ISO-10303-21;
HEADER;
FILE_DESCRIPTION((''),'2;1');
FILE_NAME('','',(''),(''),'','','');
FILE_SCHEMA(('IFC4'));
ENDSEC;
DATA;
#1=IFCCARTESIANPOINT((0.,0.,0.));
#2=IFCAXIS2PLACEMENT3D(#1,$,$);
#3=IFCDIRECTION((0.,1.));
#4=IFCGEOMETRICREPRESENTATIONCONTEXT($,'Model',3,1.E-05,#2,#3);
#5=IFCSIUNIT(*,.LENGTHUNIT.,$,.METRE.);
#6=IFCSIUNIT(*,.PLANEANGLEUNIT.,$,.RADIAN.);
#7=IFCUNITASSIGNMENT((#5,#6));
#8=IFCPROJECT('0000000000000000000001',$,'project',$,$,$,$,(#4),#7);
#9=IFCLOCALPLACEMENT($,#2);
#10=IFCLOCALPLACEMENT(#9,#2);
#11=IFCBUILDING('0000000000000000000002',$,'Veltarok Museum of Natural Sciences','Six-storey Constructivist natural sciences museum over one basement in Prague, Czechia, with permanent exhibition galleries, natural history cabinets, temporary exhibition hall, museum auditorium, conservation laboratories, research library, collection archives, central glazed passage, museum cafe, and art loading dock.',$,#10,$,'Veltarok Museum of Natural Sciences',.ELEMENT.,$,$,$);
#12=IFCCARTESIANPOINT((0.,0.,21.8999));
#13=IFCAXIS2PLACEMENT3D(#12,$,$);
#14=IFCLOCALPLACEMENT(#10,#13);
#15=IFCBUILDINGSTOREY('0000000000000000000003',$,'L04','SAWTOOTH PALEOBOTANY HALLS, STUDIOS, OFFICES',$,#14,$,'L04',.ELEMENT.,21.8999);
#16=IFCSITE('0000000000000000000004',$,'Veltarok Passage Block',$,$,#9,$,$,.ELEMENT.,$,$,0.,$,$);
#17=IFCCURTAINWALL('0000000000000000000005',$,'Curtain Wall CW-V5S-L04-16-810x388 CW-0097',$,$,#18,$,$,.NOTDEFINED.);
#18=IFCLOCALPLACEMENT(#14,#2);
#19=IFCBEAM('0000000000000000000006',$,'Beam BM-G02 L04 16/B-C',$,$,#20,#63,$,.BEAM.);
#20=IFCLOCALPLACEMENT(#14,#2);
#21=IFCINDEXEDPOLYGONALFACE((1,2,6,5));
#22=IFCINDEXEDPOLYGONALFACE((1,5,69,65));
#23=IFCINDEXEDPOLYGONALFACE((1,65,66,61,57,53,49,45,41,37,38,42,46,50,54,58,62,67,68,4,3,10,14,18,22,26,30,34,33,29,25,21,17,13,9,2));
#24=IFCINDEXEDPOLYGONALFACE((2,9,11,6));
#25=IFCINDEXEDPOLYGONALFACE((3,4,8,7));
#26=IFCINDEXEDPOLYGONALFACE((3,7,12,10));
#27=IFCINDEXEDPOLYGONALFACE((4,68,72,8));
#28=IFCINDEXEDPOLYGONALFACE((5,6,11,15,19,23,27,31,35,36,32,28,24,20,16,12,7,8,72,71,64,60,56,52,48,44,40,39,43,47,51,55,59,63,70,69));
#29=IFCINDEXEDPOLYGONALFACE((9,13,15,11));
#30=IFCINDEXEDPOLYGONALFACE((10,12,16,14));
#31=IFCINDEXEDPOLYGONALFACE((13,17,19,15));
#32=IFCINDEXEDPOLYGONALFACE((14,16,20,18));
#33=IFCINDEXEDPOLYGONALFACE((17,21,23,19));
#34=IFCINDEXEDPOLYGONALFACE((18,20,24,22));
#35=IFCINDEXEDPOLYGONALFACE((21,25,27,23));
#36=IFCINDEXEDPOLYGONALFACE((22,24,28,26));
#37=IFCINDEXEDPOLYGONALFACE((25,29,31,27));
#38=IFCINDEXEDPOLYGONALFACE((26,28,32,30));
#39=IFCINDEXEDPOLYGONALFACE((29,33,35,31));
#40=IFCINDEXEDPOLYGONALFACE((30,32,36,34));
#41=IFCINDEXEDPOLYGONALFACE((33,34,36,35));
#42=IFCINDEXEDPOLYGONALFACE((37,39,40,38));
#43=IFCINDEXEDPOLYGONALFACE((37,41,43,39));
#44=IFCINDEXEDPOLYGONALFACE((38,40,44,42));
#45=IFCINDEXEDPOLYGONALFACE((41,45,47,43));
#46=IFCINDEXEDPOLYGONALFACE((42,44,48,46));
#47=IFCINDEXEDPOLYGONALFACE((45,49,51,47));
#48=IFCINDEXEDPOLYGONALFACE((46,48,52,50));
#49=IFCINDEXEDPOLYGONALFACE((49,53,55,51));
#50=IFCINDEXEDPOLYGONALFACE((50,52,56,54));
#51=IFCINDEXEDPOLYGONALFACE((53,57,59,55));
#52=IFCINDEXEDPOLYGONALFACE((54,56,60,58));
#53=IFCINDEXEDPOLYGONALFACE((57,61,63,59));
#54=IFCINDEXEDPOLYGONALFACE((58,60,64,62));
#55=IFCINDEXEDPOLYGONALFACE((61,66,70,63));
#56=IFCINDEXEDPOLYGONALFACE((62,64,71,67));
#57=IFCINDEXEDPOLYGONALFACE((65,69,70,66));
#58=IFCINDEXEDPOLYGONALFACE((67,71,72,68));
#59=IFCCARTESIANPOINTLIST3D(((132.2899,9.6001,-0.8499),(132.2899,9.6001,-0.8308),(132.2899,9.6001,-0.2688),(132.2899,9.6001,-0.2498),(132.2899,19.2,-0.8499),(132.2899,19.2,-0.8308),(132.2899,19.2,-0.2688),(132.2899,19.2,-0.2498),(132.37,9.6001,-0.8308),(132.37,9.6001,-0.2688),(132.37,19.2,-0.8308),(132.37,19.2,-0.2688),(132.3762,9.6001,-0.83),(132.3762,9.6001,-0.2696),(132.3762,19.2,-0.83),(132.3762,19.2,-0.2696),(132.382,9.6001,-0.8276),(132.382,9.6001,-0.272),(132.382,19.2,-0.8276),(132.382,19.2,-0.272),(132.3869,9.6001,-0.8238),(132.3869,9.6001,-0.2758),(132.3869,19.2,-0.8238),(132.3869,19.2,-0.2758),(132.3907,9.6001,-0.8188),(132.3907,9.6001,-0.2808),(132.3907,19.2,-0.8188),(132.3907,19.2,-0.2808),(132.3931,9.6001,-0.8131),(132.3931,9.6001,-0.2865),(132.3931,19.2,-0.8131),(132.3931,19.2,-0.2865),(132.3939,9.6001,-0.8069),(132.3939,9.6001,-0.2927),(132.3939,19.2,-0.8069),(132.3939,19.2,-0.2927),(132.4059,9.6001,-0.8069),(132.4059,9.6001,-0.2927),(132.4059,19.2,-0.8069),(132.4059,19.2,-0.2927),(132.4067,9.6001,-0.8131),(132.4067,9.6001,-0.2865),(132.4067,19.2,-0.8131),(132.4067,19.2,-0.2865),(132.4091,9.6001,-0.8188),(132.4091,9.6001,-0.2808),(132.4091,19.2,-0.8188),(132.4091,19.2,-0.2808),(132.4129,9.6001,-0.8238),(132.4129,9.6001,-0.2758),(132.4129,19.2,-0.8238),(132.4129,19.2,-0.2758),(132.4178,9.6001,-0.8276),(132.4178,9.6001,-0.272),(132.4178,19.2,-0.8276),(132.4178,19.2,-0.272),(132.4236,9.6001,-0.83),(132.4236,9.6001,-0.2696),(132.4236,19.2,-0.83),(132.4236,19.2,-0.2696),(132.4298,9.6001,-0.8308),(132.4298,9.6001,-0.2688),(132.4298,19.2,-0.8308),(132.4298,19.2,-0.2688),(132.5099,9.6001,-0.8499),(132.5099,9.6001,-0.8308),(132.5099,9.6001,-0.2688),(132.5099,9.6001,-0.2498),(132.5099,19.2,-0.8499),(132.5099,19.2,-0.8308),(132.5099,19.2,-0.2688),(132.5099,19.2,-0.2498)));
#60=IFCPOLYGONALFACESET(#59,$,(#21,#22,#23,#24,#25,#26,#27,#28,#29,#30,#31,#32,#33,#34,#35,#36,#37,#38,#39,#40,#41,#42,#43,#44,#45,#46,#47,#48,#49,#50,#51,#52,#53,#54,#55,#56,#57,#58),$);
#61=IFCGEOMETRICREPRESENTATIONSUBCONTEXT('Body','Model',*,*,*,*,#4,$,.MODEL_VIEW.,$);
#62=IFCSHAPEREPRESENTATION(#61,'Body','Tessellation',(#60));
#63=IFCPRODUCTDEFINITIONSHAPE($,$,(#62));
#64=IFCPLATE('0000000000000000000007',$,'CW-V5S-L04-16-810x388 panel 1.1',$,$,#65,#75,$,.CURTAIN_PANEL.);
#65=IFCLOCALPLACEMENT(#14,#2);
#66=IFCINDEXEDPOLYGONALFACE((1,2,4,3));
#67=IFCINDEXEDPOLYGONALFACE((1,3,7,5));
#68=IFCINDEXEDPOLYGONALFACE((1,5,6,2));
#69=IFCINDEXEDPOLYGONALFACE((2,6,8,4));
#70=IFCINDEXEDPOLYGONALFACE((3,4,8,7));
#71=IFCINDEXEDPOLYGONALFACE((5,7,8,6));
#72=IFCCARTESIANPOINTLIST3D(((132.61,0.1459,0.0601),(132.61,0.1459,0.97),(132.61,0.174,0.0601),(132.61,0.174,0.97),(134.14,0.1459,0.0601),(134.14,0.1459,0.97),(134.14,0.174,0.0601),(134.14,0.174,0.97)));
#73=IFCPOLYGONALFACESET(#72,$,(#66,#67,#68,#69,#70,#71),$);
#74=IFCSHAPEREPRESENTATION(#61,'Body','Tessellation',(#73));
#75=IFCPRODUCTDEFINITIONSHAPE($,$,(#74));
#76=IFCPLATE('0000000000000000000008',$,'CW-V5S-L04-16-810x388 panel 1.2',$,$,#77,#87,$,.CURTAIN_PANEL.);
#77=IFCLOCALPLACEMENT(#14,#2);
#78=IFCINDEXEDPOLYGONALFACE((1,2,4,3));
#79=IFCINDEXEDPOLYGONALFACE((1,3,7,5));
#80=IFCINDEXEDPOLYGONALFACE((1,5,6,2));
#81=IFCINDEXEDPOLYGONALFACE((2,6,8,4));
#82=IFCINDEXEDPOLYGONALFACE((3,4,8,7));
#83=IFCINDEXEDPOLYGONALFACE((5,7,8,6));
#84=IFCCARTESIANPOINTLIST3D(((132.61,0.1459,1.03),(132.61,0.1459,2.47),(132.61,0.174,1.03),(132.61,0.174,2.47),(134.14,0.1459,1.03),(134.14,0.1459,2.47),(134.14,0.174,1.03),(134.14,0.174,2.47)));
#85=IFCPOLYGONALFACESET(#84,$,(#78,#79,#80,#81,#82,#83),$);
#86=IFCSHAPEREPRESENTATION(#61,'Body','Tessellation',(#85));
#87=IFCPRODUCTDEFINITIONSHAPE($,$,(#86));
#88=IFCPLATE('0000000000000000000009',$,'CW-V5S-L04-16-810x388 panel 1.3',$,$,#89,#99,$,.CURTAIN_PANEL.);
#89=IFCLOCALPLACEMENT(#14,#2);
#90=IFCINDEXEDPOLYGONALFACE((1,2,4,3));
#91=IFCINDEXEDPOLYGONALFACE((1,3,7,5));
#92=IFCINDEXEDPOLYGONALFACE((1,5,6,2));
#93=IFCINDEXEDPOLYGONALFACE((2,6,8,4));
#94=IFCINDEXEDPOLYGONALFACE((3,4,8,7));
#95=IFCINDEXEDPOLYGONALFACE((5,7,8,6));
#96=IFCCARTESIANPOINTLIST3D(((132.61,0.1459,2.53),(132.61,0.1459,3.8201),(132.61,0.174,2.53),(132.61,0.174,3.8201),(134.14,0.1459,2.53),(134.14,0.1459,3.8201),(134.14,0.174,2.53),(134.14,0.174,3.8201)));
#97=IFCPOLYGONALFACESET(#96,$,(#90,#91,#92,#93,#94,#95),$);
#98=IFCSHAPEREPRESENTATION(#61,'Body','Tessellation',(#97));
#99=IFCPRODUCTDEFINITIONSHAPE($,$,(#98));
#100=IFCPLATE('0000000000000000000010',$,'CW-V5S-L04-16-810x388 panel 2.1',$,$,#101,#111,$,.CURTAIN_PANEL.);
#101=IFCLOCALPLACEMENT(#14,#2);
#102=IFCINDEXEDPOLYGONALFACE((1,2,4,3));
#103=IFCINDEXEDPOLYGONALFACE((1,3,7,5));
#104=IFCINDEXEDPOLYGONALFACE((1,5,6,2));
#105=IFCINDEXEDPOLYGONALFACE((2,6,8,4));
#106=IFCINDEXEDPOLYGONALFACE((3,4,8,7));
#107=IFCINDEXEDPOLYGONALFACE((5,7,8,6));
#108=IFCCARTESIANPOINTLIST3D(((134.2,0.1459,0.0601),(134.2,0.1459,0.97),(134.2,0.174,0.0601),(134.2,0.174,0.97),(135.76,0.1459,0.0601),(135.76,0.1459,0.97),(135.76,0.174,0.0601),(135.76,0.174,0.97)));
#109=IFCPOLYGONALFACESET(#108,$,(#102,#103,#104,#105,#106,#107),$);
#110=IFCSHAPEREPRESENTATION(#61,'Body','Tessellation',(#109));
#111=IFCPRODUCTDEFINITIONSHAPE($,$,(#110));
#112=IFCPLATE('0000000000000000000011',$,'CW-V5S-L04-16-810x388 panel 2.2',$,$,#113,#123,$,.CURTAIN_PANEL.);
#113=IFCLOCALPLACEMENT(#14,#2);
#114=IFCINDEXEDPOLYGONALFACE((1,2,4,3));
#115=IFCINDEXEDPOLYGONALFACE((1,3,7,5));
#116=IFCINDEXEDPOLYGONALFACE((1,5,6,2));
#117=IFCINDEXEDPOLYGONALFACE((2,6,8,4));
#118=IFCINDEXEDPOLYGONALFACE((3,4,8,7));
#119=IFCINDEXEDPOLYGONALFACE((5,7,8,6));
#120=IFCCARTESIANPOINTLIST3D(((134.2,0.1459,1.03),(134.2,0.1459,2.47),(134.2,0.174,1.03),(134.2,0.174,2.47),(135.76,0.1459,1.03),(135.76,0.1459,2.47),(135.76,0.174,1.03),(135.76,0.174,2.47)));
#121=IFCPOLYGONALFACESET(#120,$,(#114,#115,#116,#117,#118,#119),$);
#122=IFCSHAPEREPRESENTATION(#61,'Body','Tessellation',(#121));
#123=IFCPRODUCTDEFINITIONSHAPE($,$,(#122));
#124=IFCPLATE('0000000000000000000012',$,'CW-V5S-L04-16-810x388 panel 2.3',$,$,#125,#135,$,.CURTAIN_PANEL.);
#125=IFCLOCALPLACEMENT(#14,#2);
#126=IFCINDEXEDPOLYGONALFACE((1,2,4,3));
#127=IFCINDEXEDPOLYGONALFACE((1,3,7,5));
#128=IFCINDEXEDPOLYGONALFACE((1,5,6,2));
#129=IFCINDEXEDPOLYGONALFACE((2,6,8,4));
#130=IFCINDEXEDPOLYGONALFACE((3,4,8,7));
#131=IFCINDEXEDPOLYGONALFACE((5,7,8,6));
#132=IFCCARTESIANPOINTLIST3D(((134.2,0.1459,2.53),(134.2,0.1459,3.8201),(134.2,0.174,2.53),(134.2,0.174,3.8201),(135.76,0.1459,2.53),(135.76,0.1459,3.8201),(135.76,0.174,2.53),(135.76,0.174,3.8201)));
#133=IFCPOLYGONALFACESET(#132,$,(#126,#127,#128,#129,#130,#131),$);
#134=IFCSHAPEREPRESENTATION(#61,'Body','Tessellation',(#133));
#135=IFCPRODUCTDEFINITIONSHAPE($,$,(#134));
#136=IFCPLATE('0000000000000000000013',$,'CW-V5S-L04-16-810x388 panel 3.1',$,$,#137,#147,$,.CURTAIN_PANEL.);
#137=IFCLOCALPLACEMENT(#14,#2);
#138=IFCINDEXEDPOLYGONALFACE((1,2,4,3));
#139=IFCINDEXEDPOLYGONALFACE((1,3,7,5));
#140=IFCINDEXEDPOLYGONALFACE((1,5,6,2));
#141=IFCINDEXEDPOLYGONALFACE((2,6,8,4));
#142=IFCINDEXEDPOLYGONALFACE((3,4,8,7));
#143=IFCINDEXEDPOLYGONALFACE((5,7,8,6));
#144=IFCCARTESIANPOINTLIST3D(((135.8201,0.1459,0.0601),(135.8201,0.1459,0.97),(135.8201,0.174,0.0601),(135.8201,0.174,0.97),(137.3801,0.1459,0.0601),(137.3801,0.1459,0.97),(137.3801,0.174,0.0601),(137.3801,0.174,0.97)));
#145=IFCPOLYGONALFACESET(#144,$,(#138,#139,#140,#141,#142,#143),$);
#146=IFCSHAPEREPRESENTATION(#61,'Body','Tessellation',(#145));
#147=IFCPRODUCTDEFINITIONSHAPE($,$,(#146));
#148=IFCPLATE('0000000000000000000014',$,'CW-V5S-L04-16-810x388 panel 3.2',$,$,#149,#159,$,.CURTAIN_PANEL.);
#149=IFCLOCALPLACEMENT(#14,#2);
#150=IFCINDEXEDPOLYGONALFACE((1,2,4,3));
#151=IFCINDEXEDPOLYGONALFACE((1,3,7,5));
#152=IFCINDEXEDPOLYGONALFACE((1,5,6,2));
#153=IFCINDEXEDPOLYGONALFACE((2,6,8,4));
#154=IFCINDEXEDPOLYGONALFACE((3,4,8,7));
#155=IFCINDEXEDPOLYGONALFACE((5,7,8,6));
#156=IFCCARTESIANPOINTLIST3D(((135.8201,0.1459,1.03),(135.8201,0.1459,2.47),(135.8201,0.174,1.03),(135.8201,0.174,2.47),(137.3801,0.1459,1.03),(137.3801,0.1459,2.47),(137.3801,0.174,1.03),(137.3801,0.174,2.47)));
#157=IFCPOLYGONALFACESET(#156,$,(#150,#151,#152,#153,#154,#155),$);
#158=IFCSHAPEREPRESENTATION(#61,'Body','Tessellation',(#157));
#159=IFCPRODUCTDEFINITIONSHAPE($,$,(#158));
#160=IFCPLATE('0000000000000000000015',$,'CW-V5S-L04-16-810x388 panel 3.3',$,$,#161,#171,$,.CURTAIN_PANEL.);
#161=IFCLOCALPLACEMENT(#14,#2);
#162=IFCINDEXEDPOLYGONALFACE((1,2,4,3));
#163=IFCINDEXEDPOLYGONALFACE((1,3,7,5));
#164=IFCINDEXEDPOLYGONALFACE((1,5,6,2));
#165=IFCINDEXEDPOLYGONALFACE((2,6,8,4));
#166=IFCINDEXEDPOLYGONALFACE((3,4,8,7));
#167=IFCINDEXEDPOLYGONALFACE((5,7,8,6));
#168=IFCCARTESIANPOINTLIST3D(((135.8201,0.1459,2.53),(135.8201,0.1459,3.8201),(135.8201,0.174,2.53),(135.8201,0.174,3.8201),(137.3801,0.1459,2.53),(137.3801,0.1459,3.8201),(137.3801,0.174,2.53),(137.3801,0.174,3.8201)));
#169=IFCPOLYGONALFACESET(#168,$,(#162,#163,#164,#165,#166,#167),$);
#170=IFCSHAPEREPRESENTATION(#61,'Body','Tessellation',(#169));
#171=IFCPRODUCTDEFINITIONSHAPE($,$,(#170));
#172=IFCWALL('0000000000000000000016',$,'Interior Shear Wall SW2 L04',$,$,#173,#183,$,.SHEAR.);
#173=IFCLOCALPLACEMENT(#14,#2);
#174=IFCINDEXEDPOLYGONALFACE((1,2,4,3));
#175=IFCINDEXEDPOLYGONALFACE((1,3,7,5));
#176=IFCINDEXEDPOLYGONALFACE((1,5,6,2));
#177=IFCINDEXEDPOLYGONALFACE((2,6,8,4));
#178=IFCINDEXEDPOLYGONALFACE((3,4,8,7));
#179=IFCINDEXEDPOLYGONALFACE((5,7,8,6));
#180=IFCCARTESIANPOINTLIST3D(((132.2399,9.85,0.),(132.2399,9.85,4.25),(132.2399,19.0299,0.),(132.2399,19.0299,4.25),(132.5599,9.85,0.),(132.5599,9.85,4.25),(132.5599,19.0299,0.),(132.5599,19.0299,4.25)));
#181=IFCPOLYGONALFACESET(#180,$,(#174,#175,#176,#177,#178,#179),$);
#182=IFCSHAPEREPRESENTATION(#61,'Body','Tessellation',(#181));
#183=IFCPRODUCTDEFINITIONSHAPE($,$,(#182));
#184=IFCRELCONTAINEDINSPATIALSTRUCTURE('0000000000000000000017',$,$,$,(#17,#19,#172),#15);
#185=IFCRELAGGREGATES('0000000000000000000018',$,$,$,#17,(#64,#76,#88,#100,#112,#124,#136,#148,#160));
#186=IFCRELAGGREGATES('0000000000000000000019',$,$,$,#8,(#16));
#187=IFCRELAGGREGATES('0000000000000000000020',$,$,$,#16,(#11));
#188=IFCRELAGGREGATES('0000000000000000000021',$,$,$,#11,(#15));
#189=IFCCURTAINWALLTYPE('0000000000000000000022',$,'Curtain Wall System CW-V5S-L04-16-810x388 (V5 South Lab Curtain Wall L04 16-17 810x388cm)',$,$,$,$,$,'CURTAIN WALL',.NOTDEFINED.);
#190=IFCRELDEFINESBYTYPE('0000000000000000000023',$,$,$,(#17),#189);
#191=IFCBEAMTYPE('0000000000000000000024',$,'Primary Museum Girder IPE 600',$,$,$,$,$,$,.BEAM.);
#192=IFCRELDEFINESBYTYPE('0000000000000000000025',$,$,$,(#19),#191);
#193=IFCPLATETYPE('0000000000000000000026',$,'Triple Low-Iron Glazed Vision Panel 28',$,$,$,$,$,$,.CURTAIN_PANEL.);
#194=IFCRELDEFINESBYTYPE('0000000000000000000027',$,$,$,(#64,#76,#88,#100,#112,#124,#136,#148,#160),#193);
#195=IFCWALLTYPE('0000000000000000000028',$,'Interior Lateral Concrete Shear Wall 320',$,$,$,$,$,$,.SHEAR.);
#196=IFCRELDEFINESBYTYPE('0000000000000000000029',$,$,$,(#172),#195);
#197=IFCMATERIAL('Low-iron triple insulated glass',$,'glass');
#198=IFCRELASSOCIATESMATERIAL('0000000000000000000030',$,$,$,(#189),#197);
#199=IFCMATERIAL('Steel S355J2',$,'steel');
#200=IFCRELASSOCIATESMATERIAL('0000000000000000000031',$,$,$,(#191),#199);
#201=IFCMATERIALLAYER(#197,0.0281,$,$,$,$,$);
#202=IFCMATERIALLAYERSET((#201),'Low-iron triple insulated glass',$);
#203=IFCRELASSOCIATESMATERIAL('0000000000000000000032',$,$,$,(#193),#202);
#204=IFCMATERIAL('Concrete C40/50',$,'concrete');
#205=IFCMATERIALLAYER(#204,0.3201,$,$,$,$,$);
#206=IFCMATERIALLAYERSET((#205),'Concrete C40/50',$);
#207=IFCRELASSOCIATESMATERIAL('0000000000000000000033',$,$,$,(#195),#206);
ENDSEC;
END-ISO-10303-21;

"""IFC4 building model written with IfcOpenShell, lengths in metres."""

from ifc_helpers import new_model, si_unit, direction, frame, frame_2d, origin, origin_2d, place, context, subcontext, project, spatial, rectangle, i_section, extrude, material, layer, layer_set, material_profile, profile_set, type_object, element, aggregate, save


model = new_model("IFC4")

# Units and contexts
model_context = context("Model", 3, precision=1e-05, world=origin(), true_north=direction((0.0, 1.0)))
body_context = subcontext(model_context, "Body", "Model", "MODEL_VIEW")
ifc_project = project(units=[si_unit("LENGTHUNIT", "METRE"), si_unit("PLANEANGLEUNIT", "RADIAN")], contexts=[model_context])

# Site, building, storey
site_placement = place(None, origin())
site = spatial("IfcSite", under=ifc_project, at=site_placement, Name="Veltarok Passage Block", CompositionType="ELEMENT", RefElevation=0.0)
building_placement = place(site_placement, origin())
building = spatial("IfcBuilding", under=site, at=building_placement, Name="Veltarok Museum of Natural Sciences", Description="Six-storey Constructivist natural sciences museum over one basement in Prague, Czechia, with permanent exhibition galleries, natural history cabinets, temporary exhibition hall, museum auditorium, conservation laboratories, research library, collection archives, central glazed passage, museum cafe, and art loading dock.", LongName="Veltarok Museum of Natural Sciences", CompositionType="ELEMENT")
storey_placement = place(building_placement, frame((0.0, 0.0, 21.8999)))
storey = spatial("IfcBuildingStorey", under=building, at=storey_placement, Name="L04", Description="SAWTOOTH PALEOBOTANY HALLS, STUDIOS, OFFICES", LongName="L04", CompositionType="ELEMENT", Elevation=21.8999)

# Curtain wall
ifc_material_1 = material(Name="Low-iron triple insulated glass", Category="glass")
curtain_wall_type = type_object("IfcCurtainWallType", Name="Curtain Wall System CW-V5S-L04-16-810x388 (V5 South Lab Curtain Wall L04 16-17 810x388cm)", ElementType="CURTAIN WALL", PredefinedType="NOTDEFINED", material=ifc_material_1)
curtain_wall_placement = place(storey_placement, origin())
curtain_wall = element("IfcCurtainWall", 1, at=curtain_wall_placement, inside=storey, type_object=curtain_wall_type, Name="Curtain Wall CW-V5S-L04-16-810x388 CW-0097", PredefinedType="NOTDEFINED")

# Beam
ifc_material_2 = material(Name="Steel S355J2", Category="steel")
ifc_material_profile_1 = material_profile(ifc_material_2, i_section(OverallWidth=0.22, OverallDepth=0.6001, WebThickness=0.012, FlangeThickness=0.019, FilletRadius=0.0239, at=origin_2d()), Name="IPE 600")
ifc_profile_set_1 = profile_set([ifc_material_profile_1], Name="Steel S355J2")
beam_type_1 = type_object("IfcBeamType", Name="Primary Museum Girder IPE 600", PredefinedType="BEAM", material=ifc_profile_set_1)
beam_1_placement = place(storey_placement, frame((132.3999, 9.6001, -0.5498), z_axis=(0.0, 1.0, 0.0), x_axis=(-1.0, 0.0, 0.0)))
element("IfcBeam", 2, at=beam_1_placement, inside=storey, type_object=beam_type_1, Name="Beam BM-G02 L04 16/B-C", PredefinedType="BEAM", context=body_context, shape_type="SweptSolid", body=[
    extrude(i_section(OverallWidth=0.22, OverallDepth=0.6001, WebThickness=0.012, FlangeThickness=0.019, FilletRadius=0.0239, at=origin_2d()), origin(), (0.0, 0.0, 1.0), 9.5999),
])

# Plates
ifc_layer_1 = layer(ifc_material_1, 0.0281)
ifc_layer_set_1 = layer_set([ifc_layer_1], Name="Low-iron triple insulated glass")
plate_type = type_object("IfcPlateType", Name="Triple Low-Iron Glazed Vision Panel 28", PredefinedType="CURTAIN_PANEL", material=ifc_layer_set_1)
plate_1_placement = place(storey_placement, frame((133.375, 0.1599, 0.0601), z_axis=(0.0, 0.0, 1.0), x_axis=(1.0, 0.0, 0.0)))
plate_1 = element("IfcPlate", 3, at=plate_1_placement, type_object=plate_type, Name="CW-V5S-L04-16-810x388 panel 1.1", PredefinedType="CURTAIN_PANEL", context=body_context, shape_type="SweptSolid", body=[
    extrude(rectangle(XDim=1.53, YDim=0.0281, at=origin_2d()), origin(), (0.0, 0.0, 1.0), 0.9099),
])
plate_2_placement = place(storey_placement, frame((133.375, 0.1599, 1.03), z_axis=(0.0, 0.0, 1.0), x_axis=(1.0, 0.0, 0.0)))
plate_2 = element("IfcPlate", 4, at=plate_2_placement, type_object=plate_type, Name="CW-V5S-L04-16-810x388 panel 1.2", PredefinedType="CURTAIN_PANEL", context=body_context, shape_type="SweptSolid", body=[
    extrude(rectangle(XDim=1.53, YDim=0.0281, at=origin_2d()), origin(), (0.0, 0.0, 1.0), 1.4399),
])
plate_3_placement = place(storey_placement, frame((133.375, 0.1599, 2.53), z_axis=(0.0, 0.0, 1.0), x_axis=(1.0, 0.0, 0.0)))
plate_3 = element("IfcPlate", 5, at=plate_3_placement, type_object=plate_type, Name="CW-V5S-L04-16-810x388 panel 1.3", PredefinedType="CURTAIN_PANEL", context=body_context, shape_type="SweptSolid", body=[
    extrude(rectangle(XDim=1.53, YDim=0.0281, at=origin_2d()), origin(), (0.0, 0.0, 1.0), 1.29),
])
plate_4_placement = place(storey_placement, frame((134.98, 0.1599, 0.0601), z_axis=(0.0, 0.0, 1.0), x_axis=(1.0, 0.0, 0.0)))
plate_4 = element("IfcPlate", 6, at=plate_4_placement, type_object=plate_type, Name="CW-V5S-L04-16-810x388 panel 2.1", PredefinedType="CURTAIN_PANEL", context=body_context, shape_type="SweptSolid", body=[
    extrude(rectangle(XDim=1.5601, YDim=0.0281, at=origin_2d()), origin(), (0.0, 0.0, 1.0), 0.9099),
])
plate_5_placement = place(storey_placement, frame((134.98, 0.1599, 1.03), z_axis=(0.0, 0.0, 1.0), x_axis=(1.0, 0.0, 0.0)))
plate_5 = element("IfcPlate", 7, at=plate_5_placement, type_object=plate_type, Name="CW-V5S-L04-16-810x388 panel 2.2", PredefinedType="CURTAIN_PANEL", context=body_context, shape_type="SweptSolid", body=[
    extrude(rectangle(XDim=1.5601, YDim=0.0281, at=origin_2d()), origin(), (0.0, 0.0, 1.0), 1.4399),
])
plate_6_placement = place(storey_placement, frame((134.98, 0.1599, 2.53), z_axis=(0.0, 0.0, 1.0), x_axis=(1.0, 0.0, 0.0)))
plate_6 = element("IfcPlate", 8, at=plate_6_placement, type_object=plate_type, Name="CW-V5S-L04-16-810x388 panel 2.3", PredefinedType="CURTAIN_PANEL", context=body_context, shape_type="SweptSolid", body=[
    extrude(rectangle(XDim=1.5601, YDim=0.0281, at=origin_2d()), origin(), (0.0, 0.0, 1.0), 1.29),
])
plate_7_placement = place(storey_placement, frame((136.6001, 0.1599, 0.0601), z_axis=(0.0, 0.0, 1.0), x_axis=(1.0, 0.0, 0.0)))
plate_7 = element("IfcPlate", 9, at=plate_7_placement, type_object=plate_type, Name="CW-V5S-L04-16-810x388 panel 3.1", PredefinedType="CURTAIN_PANEL", context=body_context, shape_type="SweptSolid", body=[
    extrude(rectangle(XDim=1.5601, YDim=0.0281, at=origin_2d()), origin(), (0.0, 0.0, 1.0), 0.9099),
])
plate_8_placement = place(storey_placement, frame((136.6001, 0.1599, 1.03), z_axis=(0.0, 0.0, 1.0), x_axis=(1.0, 0.0, 0.0)))
plate_8 = element("IfcPlate", 10, at=plate_8_placement, type_object=plate_type, Name="CW-V5S-L04-16-810x388 panel 3.2", PredefinedType="CURTAIN_PANEL", context=body_context, shape_type="SweptSolid", body=[
    extrude(rectangle(XDim=1.5601, YDim=0.0281, at=origin_2d()), origin(), (0.0, 0.0, 1.0), 1.4399),
])
plate_9_placement = place(storey_placement, frame((136.6001, 0.1599, 2.53), z_axis=(0.0, 0.0, 1.0), x_axis=(1.0, 0.0, 0.0)))
plate_9 = element("IfcPlate", 11, at=plate_9_placement, type_object=plate_type, Name="CW-V5S-L04-16-810x388 panel 3.3", PredefinedType="CURTAIN_PANEL", context=body_context, shape_type="SweptSolid", body=[
    extrude(rectangle(XDim=1.5601, YDim=0.0281, at=origin_2d()), origin(), (0.0, 0.0, 1.0), 1.29),
])
aggregate(curtain_wall, [plate_1, plate_2, plate_3, plate_4, plate_5, plate_6, plate_7, plate_8, plate_9])

# Wall
ifc_material_3 = material(Name="Concrete C40/50", Category="concrete")
ifc_layer_2 = layer(ifc_material_3, 0.3201)
ifc_layer_set_2 = layer_set([ifc_layer_2], Name="Concrete C40/50")
wall_type = type_object("IfcWallType", Name="Interior Lateral Concrete Shear Wall 320", PredefinedType="SHEAR", material=ifc_layer_set_2)
wall_placement = place(storey_placement, frame((132.3999, 9.8501, 0.0), z_axis=(0.0, 0.0, 1.0), x_axis=(0.0, 1.0, 0.0)))
element("IfcWall", 12, at=wall_placement, inside=storey, type_object=wall_type, Name="Interior Shear Wall SW2 L04", PredefinedType="SHEAR", context=body_context, shape_type="SweptSolid", body=[
    extrude(rectangle(XDim=9.1799, YDim=0.3201, at=frame_2d((4.5898, 0.0))), origin(), (0.0, 0.0, 1.0), 4.25),
])

save(model, "model.ifc")
